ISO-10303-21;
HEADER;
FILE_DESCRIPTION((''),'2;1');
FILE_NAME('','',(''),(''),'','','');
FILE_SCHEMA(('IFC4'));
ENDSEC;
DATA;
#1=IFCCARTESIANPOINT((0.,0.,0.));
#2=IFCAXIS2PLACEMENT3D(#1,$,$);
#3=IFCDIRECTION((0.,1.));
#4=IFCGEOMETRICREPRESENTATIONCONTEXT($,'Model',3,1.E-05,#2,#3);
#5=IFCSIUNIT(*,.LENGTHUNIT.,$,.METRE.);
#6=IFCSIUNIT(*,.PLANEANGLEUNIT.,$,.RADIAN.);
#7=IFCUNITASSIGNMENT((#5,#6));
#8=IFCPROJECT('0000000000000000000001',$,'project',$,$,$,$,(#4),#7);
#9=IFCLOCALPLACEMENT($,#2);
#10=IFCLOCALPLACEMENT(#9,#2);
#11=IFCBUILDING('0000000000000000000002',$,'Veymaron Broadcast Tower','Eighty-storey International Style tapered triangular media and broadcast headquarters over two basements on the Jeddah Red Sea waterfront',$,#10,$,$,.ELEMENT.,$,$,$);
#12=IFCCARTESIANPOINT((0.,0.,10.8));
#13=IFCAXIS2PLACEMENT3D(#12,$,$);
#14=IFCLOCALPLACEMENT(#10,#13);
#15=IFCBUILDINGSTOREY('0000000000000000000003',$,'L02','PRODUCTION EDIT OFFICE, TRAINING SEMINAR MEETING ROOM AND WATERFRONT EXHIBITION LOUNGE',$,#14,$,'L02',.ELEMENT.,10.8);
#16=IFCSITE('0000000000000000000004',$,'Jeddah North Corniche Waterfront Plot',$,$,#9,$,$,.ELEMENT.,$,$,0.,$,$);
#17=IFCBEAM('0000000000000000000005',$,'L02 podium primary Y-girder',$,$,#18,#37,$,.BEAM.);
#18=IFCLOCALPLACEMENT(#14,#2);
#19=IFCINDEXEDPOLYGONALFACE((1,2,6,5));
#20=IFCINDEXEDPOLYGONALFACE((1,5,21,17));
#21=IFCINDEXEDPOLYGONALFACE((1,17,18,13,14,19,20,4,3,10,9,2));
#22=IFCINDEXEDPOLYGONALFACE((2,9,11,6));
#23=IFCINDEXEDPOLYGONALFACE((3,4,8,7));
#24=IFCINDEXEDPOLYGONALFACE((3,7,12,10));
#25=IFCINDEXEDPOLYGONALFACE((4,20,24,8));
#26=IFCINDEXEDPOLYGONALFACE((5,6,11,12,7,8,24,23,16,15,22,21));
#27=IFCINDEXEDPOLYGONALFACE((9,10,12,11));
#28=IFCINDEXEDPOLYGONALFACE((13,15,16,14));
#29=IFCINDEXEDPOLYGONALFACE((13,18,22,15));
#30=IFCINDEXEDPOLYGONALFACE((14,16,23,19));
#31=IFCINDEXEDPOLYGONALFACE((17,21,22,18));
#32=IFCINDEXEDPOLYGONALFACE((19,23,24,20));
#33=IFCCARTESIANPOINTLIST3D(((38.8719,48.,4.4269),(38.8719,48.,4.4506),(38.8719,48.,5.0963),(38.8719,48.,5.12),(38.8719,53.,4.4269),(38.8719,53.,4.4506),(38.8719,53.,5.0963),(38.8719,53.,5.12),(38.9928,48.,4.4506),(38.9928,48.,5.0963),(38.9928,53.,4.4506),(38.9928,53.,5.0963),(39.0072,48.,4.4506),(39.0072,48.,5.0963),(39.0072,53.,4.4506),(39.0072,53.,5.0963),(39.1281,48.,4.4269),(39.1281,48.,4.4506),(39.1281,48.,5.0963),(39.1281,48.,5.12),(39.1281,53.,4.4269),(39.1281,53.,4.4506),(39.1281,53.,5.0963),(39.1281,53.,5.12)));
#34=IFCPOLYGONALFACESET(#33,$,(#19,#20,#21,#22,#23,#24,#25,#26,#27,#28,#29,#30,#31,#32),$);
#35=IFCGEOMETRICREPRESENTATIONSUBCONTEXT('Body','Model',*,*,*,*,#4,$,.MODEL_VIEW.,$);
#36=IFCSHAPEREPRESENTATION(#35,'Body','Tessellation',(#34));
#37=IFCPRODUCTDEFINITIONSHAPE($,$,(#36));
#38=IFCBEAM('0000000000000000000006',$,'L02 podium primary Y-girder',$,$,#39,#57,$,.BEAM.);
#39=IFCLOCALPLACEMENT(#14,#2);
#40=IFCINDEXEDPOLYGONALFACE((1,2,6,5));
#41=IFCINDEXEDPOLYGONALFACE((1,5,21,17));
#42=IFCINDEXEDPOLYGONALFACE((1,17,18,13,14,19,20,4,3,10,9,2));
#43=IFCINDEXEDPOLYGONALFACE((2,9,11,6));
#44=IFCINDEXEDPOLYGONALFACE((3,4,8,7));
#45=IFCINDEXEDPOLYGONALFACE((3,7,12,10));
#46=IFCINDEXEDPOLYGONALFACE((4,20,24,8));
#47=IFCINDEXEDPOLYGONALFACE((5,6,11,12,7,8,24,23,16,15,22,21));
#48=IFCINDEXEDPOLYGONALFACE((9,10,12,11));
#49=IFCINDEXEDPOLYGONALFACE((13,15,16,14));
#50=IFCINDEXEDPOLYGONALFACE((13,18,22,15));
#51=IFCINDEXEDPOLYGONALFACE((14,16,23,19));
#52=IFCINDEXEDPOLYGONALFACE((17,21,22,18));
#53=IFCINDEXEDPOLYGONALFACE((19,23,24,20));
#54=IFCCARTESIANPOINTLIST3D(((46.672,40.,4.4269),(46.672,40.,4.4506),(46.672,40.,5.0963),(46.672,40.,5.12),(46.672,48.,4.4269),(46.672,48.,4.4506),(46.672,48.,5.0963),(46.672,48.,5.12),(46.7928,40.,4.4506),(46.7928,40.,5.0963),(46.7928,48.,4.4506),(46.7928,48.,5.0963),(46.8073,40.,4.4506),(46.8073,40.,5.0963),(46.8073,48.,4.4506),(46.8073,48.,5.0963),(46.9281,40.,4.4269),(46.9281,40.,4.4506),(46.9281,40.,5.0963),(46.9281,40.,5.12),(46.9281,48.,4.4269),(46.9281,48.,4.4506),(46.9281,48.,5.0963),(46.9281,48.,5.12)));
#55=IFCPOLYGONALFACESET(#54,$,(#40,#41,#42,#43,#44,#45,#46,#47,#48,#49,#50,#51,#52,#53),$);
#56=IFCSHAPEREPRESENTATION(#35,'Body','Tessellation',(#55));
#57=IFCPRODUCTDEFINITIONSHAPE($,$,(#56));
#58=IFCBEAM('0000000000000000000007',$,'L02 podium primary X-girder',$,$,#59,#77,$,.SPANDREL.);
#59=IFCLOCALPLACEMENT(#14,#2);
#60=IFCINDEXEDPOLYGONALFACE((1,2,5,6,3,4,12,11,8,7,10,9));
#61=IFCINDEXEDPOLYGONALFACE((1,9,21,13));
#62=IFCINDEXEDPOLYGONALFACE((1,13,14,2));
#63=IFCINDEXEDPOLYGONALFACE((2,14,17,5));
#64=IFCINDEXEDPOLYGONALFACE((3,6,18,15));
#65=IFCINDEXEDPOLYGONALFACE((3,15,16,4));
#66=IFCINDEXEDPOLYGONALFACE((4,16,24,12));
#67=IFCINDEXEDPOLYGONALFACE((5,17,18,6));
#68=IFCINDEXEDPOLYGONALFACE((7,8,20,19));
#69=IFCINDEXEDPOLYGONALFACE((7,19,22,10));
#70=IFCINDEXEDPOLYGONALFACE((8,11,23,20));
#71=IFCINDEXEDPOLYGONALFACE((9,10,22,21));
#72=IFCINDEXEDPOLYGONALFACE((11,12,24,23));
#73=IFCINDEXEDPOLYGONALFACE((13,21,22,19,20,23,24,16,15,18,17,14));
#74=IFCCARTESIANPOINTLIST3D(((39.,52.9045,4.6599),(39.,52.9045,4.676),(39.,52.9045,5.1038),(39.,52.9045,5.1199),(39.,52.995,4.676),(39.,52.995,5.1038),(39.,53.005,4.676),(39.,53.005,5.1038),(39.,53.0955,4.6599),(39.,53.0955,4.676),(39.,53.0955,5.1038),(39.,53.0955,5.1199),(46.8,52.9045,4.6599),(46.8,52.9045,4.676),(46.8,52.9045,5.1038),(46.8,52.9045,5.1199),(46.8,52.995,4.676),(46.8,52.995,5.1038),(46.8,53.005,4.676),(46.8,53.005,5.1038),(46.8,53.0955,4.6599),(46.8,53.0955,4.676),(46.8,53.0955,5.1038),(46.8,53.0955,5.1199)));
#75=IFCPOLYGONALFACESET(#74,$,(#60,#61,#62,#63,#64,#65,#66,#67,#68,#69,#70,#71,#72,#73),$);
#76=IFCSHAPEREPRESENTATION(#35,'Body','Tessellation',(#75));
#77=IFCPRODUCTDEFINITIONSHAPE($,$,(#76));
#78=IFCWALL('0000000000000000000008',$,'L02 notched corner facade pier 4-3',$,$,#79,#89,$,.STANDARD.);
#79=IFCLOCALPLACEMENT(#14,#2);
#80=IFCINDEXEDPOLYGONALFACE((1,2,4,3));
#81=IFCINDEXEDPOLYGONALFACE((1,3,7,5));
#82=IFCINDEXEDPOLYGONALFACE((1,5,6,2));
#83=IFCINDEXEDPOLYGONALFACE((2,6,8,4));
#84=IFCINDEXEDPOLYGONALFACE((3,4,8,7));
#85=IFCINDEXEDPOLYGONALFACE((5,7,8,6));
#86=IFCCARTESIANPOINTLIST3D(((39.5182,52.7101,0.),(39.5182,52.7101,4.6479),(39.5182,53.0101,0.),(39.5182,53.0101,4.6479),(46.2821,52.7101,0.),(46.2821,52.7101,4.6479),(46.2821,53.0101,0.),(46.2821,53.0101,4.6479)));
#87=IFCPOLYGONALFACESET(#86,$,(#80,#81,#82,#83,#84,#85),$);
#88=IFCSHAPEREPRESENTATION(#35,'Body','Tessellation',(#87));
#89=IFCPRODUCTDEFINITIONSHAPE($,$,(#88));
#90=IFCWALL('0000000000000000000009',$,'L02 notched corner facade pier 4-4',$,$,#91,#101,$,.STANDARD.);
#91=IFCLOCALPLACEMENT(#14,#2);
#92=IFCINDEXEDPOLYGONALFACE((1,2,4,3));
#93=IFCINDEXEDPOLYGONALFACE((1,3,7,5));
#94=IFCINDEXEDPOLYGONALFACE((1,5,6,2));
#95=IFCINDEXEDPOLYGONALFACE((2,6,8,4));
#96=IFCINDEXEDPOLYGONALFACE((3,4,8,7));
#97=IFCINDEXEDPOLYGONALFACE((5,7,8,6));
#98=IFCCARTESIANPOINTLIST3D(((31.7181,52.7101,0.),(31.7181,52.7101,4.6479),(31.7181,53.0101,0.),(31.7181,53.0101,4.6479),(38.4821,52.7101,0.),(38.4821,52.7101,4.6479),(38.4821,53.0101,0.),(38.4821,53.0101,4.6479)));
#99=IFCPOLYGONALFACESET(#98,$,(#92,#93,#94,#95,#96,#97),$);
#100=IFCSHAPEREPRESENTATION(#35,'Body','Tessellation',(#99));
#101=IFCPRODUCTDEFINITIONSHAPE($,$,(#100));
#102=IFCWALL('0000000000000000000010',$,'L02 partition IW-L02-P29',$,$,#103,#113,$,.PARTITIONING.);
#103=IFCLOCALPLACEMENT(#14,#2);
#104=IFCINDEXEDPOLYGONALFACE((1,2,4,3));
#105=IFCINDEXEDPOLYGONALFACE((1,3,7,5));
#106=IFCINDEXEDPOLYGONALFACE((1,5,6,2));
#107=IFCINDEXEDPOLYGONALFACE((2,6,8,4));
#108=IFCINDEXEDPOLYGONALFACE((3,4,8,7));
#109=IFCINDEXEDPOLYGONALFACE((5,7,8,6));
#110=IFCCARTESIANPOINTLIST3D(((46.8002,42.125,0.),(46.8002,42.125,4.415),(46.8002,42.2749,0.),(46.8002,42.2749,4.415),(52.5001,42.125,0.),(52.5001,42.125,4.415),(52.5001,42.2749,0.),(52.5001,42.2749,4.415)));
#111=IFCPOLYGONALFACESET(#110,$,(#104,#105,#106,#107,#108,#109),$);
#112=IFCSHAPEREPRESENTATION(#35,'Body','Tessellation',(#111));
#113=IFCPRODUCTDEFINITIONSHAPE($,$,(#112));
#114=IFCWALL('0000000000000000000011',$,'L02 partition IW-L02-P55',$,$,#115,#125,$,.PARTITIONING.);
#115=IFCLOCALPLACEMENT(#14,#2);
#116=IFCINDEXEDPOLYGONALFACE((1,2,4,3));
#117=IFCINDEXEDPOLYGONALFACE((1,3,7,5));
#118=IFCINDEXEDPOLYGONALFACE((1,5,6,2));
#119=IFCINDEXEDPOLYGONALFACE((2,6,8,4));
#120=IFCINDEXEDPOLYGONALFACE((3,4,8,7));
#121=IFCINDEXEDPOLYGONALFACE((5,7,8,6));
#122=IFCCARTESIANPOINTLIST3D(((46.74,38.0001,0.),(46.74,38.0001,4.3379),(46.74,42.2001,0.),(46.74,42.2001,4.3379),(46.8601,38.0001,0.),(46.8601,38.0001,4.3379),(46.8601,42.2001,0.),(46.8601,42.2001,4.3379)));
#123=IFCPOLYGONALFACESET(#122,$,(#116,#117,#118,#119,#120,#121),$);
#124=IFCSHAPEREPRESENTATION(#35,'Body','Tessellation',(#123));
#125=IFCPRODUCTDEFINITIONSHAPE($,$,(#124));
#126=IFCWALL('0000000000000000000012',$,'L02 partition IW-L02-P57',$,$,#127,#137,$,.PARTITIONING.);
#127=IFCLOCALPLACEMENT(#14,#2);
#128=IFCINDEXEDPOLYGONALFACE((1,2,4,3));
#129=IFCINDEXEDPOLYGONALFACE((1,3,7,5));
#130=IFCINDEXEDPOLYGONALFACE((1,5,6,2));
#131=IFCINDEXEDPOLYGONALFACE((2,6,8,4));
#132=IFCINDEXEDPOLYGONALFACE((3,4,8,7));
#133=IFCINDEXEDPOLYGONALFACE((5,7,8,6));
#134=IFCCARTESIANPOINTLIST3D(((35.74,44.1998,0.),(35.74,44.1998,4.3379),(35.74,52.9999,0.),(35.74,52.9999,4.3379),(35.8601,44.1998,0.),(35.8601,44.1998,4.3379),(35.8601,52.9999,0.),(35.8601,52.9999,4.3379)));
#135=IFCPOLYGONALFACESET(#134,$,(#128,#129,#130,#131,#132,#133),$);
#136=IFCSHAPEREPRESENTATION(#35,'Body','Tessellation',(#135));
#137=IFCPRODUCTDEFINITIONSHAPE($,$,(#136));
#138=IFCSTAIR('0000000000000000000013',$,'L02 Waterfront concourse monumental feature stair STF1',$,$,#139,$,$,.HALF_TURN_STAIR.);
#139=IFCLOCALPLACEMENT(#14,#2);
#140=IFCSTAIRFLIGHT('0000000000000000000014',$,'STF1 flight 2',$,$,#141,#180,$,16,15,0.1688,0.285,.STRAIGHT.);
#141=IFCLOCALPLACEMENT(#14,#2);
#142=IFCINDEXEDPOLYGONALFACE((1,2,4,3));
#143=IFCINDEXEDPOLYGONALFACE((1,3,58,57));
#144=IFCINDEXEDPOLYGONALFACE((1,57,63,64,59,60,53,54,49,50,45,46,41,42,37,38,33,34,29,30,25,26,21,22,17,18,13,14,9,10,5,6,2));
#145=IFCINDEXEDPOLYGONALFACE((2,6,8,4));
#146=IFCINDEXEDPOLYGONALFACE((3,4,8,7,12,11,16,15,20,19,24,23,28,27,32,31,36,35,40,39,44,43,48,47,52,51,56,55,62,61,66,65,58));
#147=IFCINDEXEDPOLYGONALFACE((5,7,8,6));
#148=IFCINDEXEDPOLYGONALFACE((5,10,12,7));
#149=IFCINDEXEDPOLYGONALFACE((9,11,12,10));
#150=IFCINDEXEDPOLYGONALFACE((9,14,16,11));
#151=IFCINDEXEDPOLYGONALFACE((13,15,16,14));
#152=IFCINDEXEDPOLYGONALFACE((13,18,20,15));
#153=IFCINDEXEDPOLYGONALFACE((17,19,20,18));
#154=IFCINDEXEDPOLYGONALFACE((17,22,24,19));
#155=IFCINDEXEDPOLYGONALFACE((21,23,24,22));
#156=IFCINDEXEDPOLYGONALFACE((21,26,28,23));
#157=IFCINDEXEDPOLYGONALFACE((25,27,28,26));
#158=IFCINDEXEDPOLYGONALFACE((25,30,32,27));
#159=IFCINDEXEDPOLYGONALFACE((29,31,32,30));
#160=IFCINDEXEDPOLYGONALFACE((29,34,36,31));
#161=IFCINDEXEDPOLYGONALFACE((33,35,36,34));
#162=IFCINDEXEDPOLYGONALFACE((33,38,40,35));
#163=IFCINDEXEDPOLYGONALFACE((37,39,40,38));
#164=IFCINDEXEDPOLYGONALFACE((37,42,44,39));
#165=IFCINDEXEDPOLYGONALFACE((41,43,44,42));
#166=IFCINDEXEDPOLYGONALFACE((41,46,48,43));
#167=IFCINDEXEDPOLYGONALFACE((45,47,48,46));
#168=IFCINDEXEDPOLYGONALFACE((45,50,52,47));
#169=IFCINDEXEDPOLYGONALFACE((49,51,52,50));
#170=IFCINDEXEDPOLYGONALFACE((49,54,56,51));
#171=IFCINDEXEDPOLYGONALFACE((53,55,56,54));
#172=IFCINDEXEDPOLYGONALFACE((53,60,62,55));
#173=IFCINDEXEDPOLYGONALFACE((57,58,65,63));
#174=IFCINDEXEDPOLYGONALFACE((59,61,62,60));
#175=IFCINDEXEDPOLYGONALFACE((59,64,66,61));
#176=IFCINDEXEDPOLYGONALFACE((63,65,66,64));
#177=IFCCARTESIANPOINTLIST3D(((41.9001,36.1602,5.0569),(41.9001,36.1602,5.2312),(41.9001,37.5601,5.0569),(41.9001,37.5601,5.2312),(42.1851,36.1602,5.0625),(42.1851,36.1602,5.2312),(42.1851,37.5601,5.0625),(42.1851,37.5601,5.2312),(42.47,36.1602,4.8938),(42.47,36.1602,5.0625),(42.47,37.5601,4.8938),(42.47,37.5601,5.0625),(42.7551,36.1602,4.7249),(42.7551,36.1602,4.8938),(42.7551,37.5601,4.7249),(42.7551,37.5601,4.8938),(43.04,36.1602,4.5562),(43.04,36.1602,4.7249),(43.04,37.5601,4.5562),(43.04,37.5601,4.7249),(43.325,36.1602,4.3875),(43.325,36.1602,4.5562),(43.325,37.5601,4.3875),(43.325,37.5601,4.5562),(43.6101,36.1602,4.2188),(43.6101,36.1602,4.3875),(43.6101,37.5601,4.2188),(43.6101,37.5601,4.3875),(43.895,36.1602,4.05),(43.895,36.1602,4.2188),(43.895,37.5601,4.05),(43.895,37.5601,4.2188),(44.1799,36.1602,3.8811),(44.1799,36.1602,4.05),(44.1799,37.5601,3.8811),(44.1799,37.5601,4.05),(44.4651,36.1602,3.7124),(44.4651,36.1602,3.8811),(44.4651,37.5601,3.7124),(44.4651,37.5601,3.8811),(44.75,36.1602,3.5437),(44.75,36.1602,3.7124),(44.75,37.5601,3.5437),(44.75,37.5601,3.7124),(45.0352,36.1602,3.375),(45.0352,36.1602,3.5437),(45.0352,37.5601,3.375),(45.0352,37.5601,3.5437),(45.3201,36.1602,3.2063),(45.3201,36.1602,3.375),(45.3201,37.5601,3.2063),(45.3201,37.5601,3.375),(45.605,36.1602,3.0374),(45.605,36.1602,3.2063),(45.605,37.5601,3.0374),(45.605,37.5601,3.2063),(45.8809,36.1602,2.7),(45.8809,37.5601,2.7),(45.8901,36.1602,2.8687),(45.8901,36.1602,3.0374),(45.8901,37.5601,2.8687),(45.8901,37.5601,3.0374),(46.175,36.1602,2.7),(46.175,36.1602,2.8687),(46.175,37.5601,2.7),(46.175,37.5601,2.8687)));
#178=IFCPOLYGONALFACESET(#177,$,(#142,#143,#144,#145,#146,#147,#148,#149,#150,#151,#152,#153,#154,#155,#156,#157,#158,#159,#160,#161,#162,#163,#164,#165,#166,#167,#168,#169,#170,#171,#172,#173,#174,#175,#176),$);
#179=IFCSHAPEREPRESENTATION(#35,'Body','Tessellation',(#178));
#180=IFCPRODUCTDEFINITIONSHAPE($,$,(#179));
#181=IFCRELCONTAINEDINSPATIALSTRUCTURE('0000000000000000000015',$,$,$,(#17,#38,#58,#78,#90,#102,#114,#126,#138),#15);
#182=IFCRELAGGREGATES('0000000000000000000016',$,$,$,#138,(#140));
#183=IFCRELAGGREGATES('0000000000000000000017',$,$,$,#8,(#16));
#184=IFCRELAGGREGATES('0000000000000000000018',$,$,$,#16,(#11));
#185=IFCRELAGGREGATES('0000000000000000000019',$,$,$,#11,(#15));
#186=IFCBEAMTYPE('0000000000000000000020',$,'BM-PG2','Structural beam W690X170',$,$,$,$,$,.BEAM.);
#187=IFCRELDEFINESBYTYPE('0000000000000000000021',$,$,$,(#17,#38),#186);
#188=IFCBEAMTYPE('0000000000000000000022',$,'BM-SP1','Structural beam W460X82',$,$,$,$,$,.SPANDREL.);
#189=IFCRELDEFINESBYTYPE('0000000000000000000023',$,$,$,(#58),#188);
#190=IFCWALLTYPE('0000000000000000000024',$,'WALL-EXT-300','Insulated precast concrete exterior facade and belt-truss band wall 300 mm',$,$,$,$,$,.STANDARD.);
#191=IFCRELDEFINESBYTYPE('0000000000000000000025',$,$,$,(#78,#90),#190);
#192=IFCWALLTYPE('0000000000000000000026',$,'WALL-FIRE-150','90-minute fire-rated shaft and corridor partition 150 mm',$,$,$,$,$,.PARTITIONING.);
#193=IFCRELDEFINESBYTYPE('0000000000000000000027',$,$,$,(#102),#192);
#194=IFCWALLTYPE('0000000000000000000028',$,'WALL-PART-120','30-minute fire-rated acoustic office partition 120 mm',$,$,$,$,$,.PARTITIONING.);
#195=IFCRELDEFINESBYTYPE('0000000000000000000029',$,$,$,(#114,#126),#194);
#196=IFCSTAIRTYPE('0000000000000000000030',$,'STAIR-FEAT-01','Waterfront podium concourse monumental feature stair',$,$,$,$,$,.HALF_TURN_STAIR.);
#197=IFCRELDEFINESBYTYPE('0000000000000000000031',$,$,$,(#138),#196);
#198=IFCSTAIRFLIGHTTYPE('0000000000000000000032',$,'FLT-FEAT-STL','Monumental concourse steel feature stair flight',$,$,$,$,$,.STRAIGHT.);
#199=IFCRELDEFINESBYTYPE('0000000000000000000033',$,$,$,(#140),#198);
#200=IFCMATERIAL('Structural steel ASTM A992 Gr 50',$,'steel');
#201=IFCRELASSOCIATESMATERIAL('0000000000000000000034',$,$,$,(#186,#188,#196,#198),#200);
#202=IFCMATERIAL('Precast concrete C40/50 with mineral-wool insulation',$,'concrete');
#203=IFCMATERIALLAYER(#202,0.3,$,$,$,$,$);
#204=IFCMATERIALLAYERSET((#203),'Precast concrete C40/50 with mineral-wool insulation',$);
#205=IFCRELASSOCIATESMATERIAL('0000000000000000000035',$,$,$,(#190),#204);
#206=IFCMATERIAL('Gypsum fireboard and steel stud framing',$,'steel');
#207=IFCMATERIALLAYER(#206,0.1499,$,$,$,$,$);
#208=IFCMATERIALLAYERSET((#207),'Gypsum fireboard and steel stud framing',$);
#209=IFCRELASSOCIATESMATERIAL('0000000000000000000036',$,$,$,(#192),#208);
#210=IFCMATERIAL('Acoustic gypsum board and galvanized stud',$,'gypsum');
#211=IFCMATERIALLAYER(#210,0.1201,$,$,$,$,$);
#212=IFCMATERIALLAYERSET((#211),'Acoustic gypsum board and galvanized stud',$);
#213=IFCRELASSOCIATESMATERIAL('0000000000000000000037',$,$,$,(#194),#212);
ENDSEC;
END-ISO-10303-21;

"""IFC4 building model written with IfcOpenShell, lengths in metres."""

from ifc_helpers import new_model, si_unit, direction, frame, frame_2d, origin, origin_2d, place, context, subcontext, project, spatial, polyline, rectangle, i_section, outline, extrude, material, layer, layer_set, material_profile, profile_set, type_object, element, aggregate, save


model = new_model("IFC4")

# Units and contexts
model_context = context("Model", 3, precision=1e-05, world=origin(), true_north=direction((0.0, 1.0)))
body_context = subcontext(model_context, "Body", "Model", "MODEL_VIEW")
ifc_project = project(units=[si_unit("LENGTHUNIT", "METRE"), si_unit("PLANEANGLEUNIT", "RADIAN")], contexts=[model_context])

# Site, building, storey
site_placement = place(None, origin())
site = spatial("IfcSite", under=ifc_project, at=site_placement, Name="Jeddah North Corniche Waterfront Plot", CompositionType="ELEMENT", RefElevation=0.0)
building_placement = place(site_placement, origin())
building = spatial("IfcBuilding", under=site, at=building_placement, Name="Veymaron Broadcast Tower", Description="Eighty-storey International Style tapered triangular media and broadcast headquarters over two basements on the Jeddah Red Sea waterfront", CompositionType="ELEMENT")
storey_placement = place(building_placement, frame((0.0, 0.0, 10.8)))
storey = spatial("IfcBuildingStorey", under=building, at=storey_placement, Name="L02", Description="PRODUCTION EDIT OFFICE, TRAINING SEMINAR MEETING ROOM AND WATERFRONT EXHIBITION LOUNGE", LongName="L02", CompositionType="ELEMENT", Elevation=10.8)

# Beams
ifc_material_1 = material(Name="Structural steel ASTM A992 Gr 50", Category="steel")
ifc_material_profile_1 = material_profile(ifc_material_1, i_section(OverallWidth=0.2561, OverallDepth=0.6931, WebThickness=0.0144, FlangeThickness=0.0237, at=origin_2d()), Name="W690X170")
ifc_profile_set_1 = profile_set([ifc_material_profile_1], Name="Structural steel ASTM A992 Gr 50")
beam_type_1 = type_object("IfcBeamType", Name="BM-PG2", Description="Structural beam W690X170", PredefinedType="BEAM", material=ifc_profile_set_1)
beam_1_placement = place(storey_placement, frame((39.0, 48.0, 4.7734), z_axis=(0.0, 1.0, 0.0), x_axis=(-1.0, 0.0, 0.0)))
element("IfcBeam", 1, at=beam_1_placement, inside=storey, type_object=beam_type_1, Name="L02 podium primary Y-girder", PredefinedType="BEAM", context=body_context, shape_type="SweptSolid", body=[
    extrude(i_section(OverallWidth=0.2561, OverallDepth=0.6931, WebThickness=0.0144, FlangeThickness=0.0237, at=origin_2d()), origin(), (0.0, 0.0, 1.0), 5.0),
])
beam_2_placement = place(storey_placement, frame((46.8, 40.0, 4.7734), z_axis=(0.0, 1.0, 0.0), x_axis=(-1.0, 0.0, 0.0)))
element("IfcBeam", 2, at=beam_2_placement, inside=storey, type_object=beam_type_1, Name="L02 podium primary Y-girder", PredefinedType="BEAM", context=body_context, shape_type="SweptSolid", body=[
    extrude(i_section(OverallWidth=0.2561, OverallDepth=0.6931, WebThickness=0.0144, FlangeThickness=0.0237, at=origin_2d()), origin(), (0.0, 0.0, 1.0), 8.0),
])
ifc_material_profile_2 = material_profile(ifc_material_1, i_section(OverallWidth=0.1909, OverallDepth=0.46, WebThickness=0.01, FlangeThickness=0.0161, at=origin_2d()), Name="W460X82")
ifc_profile_set_2 = profile_set([ifc_material_profile_2], Name="Structural steel ASTM A992 Gr 50")
beam_type_2 = type_object("IfcBeamType", Name="BM-SP1", Description="Structural beam W460X82", PredefinedType="SPANDREL", material=ifc_profile_set_2)
beam_3_placement = place(storey_placement, frame((39.0, 53.0, 4.8899), z_axis=(1.0, 0.0, 0.0), x_axis=(0.0, 1.0, 0.0)))
element("IfcBeam", 3, at=beam_3_placement, inside=storey, type_object=beam_type_2, Name="L02 podium primary X-girder", PredefinedType="SPANDREL", context=body_context, shape_type="SweptSolid", body=[
    extrude(i_section(OverallWidth=0.1909, OverallDepth=0.46, WebThickness=0.01, FlangeThickness=0.0161, at=origin_2d()), origin(), (0.0, 0.0, 1.0), 7.8),
])

# Walls
ifc_material_2 = material(Name="Precast concrete C40/50 with mineral-wool insulation", Category="concrete")
ifc_layer_1 = layer(ifc_material_2, 0.3)
ifc_layer_set_1 = layer_set([ifc_layer_1], Name="Precast concrete C40/50 with mineral-wool insulation")
wall_type_1 = type_object("IfcWallType", Name="WALL-EXT-300", Description="Insulated precast concrete exterior facade and belt-truss band wall 300 mm", PredefinedType="STANDARD", material=ifc_layer_set_1)
for number, where, z_axis, x_axis, name in (
    (4, (46.282, 52.8601, 0.0), (0.0, 0.0, 1.0), (-1.0, 0.0, 0.0), "L02 notched corner facade pier 4-3"),
    (5, (38.4819, 52.8601, 0.0), (0.0, 0.0, 1.0), (-1.0, 0.0, 0.0), "L02 notched corner facade pier 4-4"),
):
    element("IfcWall", number, at=place(storey_placement, frame(where, z_axis=z_axis, x_axis=x_axis)), inside=storey, type_object=wall_type_1, Name=name, PredefinedType="STANDARD", context=body_context, shape_type="SweptSolid", body=[
        extrude(rectangle(XDim=6.7639, YDim=0.3, at=frame_2d((3.3818, 0.0))), origin(), (0.0, 0.0, 1.0), 4.6479),
    ])
ifc_material_3 = material(Name="Gypsum fireboard and steel stud framing", Category="steel")
ifc_layer_2 = layer(ifc_material_3, 0.1499)
ifc_layer_set_2 = layer_set([ifc_layer_2], Name="Gypsum fireboard and steel stud framing")
wall_type_2 = type_object("IfcWallType", Name="WALL-FIRE-150", Description="90-minute fire-rated shaft and corridor partition 150 mm", PredefinedType="PARTITIONING", material=ifc_layer_set_2)
wall_1_placement = place(storey_placement, frame((46.8, 42.2, 0.0), z_axis=(0.0, 0.0, 1.0), x_axis=(1.0, 0.0, 0.0)))
element("IfcWall", 6, at=wall_1_placement, inside=storey, type_object=wall_type_2, Name="L02 partition IW-L02-P29", PredefinedType="PARTITIONING", context=body_context, shape_type="SweptSolid", body=[
    extrude(rectangle(XDim=5.7, YDim=0.1499, at=frame_2d((2.8501, 0.0))), origin(), (0.0, 0.0, 1.0), 4.415),
])
ifc_material_4 = material(Name="Acoustic gypsum board and galvanized stud", Category="gypsum")
ifc_layer_3 = layer(ifc_material_4, 0.1201)
ifc_layer_set_3 = layer_set([ifc_layer_3], Name="Acoustic gypsum board and galvanized stud")
wall_type_3 = type_object("IfcWallType", Name="WALL-PART-120", Description="30-minute fire-rated acoustic office partition 120 mm", PredefinedType="PARTITIONING", material=ifc_layer_set_3)
wall_2_placement = place(storey_placement, frame((46.8, 38.0, 0.0), z_axis=(0.0, 0.0, 1.0), x_axis=(0.0, 1.0, 0.0)))
element("IfcWall", 7, at=wall_2_placement, inside=storey, type_object=wall_type_3, Name="L02 partition IW-L02-P55", PredefinedType="PARTITIONING", context=body_context, shape_type="SweptSolid", body=[
    extrude(rectangle(XDim=4.2, YDim=0.1201, at=frame_2d((2.1001, 0.0))), origin(), (0.0, 0.0, 1.0), 4.3379),
])
wall_3_placement = place(storey_placement, frame((35.8, 44.2, 0.0), z_axis=(0.0, 0.0, 1.0), x_axis=(0.0, 1.0, 0.0)))
element("IfcWall", 8, at=wall_3_placement, inside=storey, type_object=wall_type_3, Name="L02 partition IW-L02-P57", PredefinedType="PARTITIONING", context=body_context, shape_type="SweptSolid", body=[
    extrude(rectangle(XDim=8.8, YDim=0.1201, at=frame_2d((4.3999, 0.0))), origin(), (0.0, 0.0, 1.0), 4.3379),
])

# Stair, stair flight
stair_type = type_object("IfcStairType", Name="STAIR-FEAT-01", Description="Waterfront podium concourse monumental feature stair", PredefinedType="HALF_TURN_STAIR", material=ifc_material_1)
stair_placement = place(storey_placement, origin())
stair = element("IfcStair", 9, at=stair_placement, inside=storey, type_object=stair_type, Name="L02 Waterfront concourse monumental feature stair STF1", PredefinedType="HALF_TURN_STAIR")
stair_flight_type = type_object("IfcStairFlightType", Name="FLT-FEAT-STL", Description="Monumental concourse steel feature stair flight", PredefinedType="STRAIGHT", material=ifc_material_1)
stair_flight_placement = place(storey_placement, frame((46.175, 36.8601, 2.7), z_axis=(0.0, 0.0, 1.0), x_axis=(-1.0, 0.0, 0.0)))
stair_flight = element("IfcStairFlight", 10, at=stair_flight_placement, type_object=stair_flight_type, Name="STF1 flight 2", NumberOfRisers=16, NumberOfTreads=15, PredefinedType="STRAIGHT", RiserHeight=0.1688, TreadLength=0.285, context=body_context, shape_type="SweptSolid", body=[
    extrude(outline(polyline([(0.0, 0.0), (0.0, 0.1687), (0.2849, 0.1687), (0.2849, 0.3374), (0.5701, 0.3374), (0.5701, 0.5063), (0.855, 0.5063), (0.855, 0.675), (1.1399, 0.675), (1.1399, 0.8438), (1.425, 0.8438), (1.425, 1.0125), (1.71, 1.0125), (1.71, 1.1812), (1.9951, 1.1812), (1.9951, 1.3501), (2.28, 1.3501), (2.28, 1.5188), (2.5649, 1.5188), (2.5649, 1.6875), (2.8501, 1.6875), (2.8501, 1.8562), (3.135, 1.8562), (3.135, 2.0249), (3.4199, 2.0249), (3.4199, 2.1938), (3.7051, 2.1938), (3.7051, 2.3625), (3.99, 2.3625), (3.99, 2.5312), (4.2749, 2.5312), (4.2749, 2.7), (4.2749, 2.3569), (0.2942, 0.0), (0.0, 0.0)])), frame((0.0, 0.7, 0.0), z_axis=(0.0, -1.0, 0.0), x_axis=(1.0, 0.0, 0.0)), (0.0, 0.0, 1.0), 1.3999),
])
aggregate(stair, [stair_flight])

save(model, "model.ifc")
